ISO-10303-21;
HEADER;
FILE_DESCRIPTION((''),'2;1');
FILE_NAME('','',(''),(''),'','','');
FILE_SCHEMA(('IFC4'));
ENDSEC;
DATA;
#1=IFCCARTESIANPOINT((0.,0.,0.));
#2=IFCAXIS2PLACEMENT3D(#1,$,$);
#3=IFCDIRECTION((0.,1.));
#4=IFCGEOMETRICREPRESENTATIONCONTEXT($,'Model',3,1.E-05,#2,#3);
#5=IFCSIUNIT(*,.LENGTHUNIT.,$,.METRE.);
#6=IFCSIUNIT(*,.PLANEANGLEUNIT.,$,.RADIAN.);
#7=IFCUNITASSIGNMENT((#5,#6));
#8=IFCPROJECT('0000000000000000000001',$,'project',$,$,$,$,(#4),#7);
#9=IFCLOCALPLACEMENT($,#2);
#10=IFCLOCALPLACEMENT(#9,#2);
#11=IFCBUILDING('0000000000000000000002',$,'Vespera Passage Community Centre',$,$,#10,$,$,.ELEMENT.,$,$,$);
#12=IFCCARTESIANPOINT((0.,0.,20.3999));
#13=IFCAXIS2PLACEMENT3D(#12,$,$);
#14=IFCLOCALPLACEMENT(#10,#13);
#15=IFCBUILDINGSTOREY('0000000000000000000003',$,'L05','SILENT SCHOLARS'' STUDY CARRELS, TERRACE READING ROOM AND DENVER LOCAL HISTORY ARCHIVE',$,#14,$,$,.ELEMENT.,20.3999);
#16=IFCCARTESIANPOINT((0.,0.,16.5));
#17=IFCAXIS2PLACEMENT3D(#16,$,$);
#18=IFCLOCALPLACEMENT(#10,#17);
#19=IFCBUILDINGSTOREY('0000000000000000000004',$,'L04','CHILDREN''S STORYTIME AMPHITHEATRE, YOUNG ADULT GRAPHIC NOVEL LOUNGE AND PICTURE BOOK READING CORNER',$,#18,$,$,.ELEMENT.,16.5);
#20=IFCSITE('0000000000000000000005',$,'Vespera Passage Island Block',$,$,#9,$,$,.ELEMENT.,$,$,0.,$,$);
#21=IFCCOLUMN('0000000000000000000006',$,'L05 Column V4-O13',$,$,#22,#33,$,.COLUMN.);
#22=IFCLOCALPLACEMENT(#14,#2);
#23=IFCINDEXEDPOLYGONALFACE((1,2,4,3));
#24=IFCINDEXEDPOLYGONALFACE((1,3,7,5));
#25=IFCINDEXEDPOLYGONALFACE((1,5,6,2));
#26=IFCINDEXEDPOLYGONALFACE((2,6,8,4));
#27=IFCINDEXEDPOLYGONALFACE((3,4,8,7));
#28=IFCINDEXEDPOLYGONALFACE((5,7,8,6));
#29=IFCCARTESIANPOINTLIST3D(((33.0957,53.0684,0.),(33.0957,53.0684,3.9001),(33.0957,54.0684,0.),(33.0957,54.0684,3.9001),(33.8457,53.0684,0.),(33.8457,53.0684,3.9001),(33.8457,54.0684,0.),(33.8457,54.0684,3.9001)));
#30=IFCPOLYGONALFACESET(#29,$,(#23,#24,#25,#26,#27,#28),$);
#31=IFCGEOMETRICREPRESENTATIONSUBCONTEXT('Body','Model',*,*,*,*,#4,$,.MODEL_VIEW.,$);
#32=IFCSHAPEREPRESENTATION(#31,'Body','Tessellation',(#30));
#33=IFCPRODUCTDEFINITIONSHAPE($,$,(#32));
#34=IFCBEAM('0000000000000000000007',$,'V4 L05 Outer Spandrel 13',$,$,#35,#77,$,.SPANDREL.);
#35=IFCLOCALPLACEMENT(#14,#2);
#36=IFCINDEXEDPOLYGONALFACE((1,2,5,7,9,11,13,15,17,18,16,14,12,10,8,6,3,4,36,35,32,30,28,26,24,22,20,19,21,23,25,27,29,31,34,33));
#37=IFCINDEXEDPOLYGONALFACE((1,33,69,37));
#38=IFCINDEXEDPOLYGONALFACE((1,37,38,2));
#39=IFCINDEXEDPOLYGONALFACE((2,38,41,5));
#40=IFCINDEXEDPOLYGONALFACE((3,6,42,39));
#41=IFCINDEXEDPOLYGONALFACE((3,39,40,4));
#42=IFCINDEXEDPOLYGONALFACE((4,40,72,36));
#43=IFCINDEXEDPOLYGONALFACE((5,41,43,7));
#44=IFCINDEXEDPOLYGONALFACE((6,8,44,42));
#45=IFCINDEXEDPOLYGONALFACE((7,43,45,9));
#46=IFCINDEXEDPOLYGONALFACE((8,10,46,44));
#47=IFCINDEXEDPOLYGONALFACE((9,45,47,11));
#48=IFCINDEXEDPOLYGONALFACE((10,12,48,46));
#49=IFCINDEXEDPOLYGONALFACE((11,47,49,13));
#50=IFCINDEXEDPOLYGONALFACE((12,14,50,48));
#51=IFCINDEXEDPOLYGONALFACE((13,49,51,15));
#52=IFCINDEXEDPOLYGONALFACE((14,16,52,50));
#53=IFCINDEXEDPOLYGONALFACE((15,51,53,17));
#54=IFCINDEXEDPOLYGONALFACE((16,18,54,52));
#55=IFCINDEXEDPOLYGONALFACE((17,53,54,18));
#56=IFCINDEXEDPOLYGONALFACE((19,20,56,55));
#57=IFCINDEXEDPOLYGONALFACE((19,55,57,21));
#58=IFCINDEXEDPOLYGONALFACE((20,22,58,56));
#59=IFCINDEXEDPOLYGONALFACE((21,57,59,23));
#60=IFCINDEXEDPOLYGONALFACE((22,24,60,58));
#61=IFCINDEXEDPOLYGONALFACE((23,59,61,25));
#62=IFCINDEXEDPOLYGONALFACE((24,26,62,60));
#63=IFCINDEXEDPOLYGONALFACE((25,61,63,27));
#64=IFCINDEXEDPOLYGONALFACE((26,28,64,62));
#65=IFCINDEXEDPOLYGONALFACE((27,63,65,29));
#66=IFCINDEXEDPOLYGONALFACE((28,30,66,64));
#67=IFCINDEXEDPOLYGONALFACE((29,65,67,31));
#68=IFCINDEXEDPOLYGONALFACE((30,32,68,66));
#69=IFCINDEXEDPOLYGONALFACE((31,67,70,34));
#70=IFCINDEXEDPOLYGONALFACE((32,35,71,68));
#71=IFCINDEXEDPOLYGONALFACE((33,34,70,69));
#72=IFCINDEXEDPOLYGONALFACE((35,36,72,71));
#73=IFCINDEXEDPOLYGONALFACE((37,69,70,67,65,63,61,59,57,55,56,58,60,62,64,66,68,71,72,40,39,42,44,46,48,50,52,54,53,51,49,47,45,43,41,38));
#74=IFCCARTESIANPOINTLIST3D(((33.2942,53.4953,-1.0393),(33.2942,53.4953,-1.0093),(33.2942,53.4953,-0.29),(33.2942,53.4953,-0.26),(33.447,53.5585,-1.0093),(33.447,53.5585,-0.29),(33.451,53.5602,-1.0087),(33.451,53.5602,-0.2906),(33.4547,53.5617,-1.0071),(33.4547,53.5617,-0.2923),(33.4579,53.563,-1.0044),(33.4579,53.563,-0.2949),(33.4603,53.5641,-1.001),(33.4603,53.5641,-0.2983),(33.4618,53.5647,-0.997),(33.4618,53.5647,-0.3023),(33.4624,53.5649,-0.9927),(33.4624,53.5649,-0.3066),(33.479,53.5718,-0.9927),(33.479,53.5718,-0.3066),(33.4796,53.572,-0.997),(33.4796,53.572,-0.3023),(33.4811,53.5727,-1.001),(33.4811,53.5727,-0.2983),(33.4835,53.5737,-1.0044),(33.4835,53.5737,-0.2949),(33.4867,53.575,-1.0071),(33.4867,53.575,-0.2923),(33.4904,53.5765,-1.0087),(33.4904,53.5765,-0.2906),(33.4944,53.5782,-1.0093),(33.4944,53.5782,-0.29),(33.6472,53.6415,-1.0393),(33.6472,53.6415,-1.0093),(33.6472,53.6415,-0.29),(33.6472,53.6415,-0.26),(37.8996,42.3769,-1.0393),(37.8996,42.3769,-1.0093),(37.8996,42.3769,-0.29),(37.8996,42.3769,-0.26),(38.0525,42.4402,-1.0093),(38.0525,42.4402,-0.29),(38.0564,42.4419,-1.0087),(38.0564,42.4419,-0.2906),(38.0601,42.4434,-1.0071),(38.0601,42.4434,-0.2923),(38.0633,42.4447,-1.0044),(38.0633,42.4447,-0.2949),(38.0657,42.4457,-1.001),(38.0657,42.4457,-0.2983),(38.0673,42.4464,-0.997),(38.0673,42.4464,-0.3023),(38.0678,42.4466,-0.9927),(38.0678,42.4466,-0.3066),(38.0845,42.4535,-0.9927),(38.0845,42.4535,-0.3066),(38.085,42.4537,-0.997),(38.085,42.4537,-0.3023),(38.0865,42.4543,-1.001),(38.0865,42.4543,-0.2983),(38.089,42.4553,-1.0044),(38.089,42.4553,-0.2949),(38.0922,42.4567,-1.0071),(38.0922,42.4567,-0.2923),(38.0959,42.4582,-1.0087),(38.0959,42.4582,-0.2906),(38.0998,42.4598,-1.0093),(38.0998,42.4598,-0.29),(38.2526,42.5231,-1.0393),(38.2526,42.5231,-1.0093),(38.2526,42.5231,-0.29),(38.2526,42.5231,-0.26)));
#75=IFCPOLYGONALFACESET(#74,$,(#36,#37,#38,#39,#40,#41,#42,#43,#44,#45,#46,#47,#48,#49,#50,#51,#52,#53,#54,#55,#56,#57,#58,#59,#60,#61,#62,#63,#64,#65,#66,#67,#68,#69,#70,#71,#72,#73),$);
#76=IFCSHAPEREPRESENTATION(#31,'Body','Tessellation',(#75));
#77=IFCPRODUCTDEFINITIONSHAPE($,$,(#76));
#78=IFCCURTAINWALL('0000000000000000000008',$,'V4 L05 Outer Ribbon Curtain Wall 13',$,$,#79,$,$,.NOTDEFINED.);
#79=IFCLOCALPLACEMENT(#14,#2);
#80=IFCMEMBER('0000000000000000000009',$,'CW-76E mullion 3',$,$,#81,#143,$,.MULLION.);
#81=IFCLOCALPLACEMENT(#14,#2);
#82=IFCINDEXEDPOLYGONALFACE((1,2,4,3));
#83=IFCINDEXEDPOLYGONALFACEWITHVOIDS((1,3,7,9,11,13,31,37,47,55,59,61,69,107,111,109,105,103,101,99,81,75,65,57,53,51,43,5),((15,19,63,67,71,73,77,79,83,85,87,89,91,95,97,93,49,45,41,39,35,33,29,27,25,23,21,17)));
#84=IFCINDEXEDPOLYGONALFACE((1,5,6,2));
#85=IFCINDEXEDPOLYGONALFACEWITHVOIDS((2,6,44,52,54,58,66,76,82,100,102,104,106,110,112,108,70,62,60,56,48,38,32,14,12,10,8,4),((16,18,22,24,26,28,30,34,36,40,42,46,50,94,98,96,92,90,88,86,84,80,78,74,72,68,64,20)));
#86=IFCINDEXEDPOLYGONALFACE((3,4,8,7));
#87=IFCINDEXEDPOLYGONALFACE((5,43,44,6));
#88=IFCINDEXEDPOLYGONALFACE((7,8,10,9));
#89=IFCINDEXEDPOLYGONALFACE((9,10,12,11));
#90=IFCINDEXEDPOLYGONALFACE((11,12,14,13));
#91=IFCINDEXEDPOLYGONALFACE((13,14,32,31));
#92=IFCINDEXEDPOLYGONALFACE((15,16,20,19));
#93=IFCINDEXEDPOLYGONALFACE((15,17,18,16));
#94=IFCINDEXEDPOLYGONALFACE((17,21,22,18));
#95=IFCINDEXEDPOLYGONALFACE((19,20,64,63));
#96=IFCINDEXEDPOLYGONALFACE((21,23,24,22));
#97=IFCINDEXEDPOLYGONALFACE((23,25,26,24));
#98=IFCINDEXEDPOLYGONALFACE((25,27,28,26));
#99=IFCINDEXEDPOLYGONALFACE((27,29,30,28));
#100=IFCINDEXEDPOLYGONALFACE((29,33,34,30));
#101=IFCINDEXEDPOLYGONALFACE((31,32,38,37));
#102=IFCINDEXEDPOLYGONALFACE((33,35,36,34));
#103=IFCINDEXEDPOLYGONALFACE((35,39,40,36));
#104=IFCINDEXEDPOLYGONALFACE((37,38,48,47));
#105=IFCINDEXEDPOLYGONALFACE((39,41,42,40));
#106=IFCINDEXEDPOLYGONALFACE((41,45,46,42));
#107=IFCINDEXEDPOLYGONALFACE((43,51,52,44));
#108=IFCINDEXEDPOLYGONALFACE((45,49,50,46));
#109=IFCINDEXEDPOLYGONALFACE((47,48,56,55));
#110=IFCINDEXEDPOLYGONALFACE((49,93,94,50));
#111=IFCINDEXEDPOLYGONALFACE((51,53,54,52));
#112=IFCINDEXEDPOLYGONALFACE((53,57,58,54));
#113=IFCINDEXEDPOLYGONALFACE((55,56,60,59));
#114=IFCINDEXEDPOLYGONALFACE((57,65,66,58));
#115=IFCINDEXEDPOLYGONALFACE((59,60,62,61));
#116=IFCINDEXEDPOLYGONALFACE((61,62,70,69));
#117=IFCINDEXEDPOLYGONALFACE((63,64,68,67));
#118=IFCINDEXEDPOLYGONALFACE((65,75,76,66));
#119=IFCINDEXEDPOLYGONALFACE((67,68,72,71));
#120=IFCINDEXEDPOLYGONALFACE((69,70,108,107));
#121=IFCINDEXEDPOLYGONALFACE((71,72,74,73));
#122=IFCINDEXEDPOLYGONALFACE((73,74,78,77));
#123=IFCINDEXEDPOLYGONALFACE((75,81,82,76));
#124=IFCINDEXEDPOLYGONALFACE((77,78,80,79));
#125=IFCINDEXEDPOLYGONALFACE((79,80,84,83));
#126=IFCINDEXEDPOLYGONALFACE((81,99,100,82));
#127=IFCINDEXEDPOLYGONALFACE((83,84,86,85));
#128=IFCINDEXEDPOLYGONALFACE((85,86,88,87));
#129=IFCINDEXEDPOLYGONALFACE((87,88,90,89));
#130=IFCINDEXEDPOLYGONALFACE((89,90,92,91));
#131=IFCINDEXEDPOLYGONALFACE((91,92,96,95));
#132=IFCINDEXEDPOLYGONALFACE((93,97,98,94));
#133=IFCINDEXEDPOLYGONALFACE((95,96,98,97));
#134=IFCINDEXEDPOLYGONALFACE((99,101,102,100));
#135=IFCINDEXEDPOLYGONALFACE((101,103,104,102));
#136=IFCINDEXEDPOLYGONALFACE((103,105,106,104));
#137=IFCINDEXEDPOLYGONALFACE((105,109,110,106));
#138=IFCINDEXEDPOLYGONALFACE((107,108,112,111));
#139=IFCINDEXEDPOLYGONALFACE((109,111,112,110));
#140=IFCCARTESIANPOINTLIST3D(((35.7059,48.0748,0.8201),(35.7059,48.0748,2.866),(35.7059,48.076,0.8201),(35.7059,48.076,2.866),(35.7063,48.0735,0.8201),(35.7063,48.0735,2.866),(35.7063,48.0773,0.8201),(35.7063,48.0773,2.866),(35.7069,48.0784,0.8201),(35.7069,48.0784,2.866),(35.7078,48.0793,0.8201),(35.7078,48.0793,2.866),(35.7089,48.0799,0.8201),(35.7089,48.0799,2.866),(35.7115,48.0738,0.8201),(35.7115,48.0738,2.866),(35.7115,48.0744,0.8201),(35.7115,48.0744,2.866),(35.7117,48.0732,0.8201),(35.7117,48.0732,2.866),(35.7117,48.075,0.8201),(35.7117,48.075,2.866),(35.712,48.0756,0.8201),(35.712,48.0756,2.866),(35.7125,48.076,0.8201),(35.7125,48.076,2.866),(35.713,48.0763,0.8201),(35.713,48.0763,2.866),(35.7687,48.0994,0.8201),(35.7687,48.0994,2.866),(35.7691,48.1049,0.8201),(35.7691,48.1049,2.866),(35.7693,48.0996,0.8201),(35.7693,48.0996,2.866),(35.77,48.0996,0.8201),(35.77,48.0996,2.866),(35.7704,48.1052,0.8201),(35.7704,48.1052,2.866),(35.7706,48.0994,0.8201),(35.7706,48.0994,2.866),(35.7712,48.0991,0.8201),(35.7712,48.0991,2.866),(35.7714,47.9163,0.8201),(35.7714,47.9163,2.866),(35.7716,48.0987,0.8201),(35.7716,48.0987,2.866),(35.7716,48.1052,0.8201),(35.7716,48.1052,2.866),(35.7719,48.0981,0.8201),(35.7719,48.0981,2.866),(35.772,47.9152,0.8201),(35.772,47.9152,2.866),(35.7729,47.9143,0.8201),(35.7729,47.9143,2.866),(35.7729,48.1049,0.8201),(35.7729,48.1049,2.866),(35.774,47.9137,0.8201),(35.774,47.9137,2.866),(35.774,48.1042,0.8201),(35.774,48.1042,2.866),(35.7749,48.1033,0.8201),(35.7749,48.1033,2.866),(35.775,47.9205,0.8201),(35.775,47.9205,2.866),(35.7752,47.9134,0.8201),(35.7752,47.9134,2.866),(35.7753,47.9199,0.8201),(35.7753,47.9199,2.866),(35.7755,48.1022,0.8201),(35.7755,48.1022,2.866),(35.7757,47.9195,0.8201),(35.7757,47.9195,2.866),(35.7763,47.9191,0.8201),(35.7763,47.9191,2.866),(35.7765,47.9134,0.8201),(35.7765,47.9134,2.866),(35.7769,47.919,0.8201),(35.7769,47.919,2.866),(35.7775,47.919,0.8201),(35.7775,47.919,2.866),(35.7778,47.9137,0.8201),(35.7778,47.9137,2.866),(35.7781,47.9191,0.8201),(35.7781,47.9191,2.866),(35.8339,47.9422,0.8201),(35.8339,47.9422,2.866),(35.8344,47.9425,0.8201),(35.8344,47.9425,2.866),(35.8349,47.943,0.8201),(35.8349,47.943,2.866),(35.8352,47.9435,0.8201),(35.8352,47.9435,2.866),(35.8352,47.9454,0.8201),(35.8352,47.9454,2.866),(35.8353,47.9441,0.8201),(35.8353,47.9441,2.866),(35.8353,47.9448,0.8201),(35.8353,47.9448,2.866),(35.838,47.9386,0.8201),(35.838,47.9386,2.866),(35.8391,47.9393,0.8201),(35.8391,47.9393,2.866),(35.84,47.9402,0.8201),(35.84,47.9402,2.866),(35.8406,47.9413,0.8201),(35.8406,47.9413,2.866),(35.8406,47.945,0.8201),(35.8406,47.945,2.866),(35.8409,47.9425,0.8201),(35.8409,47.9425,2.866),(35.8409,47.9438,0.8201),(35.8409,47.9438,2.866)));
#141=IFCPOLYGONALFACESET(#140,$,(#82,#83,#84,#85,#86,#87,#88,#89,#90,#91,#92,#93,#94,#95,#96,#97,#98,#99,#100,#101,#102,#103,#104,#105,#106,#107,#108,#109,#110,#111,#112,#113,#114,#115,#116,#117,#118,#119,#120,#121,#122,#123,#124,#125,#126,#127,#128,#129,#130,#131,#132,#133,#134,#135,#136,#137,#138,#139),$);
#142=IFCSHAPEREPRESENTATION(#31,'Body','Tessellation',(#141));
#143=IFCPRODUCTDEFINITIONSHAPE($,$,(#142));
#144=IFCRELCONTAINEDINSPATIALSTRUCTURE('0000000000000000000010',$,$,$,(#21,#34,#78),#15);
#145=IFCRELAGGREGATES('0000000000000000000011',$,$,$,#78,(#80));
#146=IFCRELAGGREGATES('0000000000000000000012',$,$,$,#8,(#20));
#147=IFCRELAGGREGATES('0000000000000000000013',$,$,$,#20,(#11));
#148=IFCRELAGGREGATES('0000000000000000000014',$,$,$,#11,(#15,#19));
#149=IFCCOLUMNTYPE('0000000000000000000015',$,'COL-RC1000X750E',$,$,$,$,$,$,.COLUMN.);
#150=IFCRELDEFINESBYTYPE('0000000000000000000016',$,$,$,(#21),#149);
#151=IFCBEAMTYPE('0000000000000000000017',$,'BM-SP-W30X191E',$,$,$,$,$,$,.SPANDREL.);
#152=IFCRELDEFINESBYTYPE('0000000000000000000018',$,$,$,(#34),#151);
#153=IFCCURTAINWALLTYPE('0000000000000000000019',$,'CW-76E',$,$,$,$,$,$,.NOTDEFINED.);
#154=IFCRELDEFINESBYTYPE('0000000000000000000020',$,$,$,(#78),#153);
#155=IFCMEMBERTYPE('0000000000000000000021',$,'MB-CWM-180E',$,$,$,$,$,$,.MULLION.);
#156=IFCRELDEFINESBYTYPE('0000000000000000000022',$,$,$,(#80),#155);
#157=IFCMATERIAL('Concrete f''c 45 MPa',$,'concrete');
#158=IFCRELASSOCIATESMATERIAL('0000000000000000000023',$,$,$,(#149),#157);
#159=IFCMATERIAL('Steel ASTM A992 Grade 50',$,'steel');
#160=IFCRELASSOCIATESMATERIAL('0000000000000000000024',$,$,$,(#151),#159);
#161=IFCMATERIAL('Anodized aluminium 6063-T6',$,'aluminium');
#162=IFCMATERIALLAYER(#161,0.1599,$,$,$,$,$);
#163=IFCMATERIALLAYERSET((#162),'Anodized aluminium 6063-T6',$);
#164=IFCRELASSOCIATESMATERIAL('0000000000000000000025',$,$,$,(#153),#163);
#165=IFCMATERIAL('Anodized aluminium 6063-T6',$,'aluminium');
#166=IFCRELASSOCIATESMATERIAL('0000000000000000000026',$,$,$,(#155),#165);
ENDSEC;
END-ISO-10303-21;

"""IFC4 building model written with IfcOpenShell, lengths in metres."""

from ifc_helpers import new_model, si_unit, direction, frame, origin, origin_2d, place, context, subcontext, project, spatial, rectangle, hollow_rectangle, i_section, extrude, material, layer, layer_set, material_profile, profile_set, type_object, element, aggregate, save


model = new_model("IFC4")

# Units and contexts
model_context = context("Model", 3, precision=1e-05, world=origin(), true_north=direction((0.0, 1.0)))
body_context = subcontext(model_context, "Body", "Model", "MODEL_VIEW")
ifc_project = project(units=[si_unit("LENGTHUNIT", "METRE"), si_unit("PLANEANGLEUNIT", "RADIAN")], contexts=[model_context])

# Site, building, storey
site_placement = place(None, origin())
site = spatial("IfcSite", under=ifc_project, at=site_placement, Name="Vespera Passage Island Block", CompositionType="ELEMENT", RefElevation=0.0)
building_placement = place(site_placement, origin())
building = spatial("IfcBuilding", under=site, at=building_placement, Name="Vespera Passage Community Centre", CompositionType="ELEMENT")
storey_1_placement = place(building_placement, frame((0.0, 0.0, 20.3999)))
storey_1 = spatial("IfcBuildingStorey", under=building, at=storey_1_placement, Name="L05", Description="SILENT SCHOLARS' STUDY CARRELS, TERRACE READING ROOM AND DENVER LOCAL HISTORY ARCHIVE", CompositionType="ELEMENT", Elevation=20.3999)

# Column
ifc_material_1 = material(Name="Concrete f'c 45 MPa", Category="concrete")
ifc_material_profile_1 = material_profile(ifc_material_1, rectangle(XDim=0.75, YDim=1.0, at=origin_2d()), Name="RC1000X750")
ifc_profile_set_1 = profile_set([ifc_material_profile_1], Name="Concrete f'c 45 MPa")
column_type = type_object("IfcColumnType", Name="COL-RC1000X750E", PredefinedType="COLUMN", material=ifc_profile_set_1)
column_placement = place(storey_1_placement, frame((33.4707, 53.5684, 0.0), z_axis=(0.0, 0.0, 1.0), x_axis=(1.0, 0.0, 0.0)))
element("IfcColumn", 1, at=column_placement, inside=storey_1, type_object=column_type, Name="L05 Column V4-O13", PredefinedType="COLUMN", context=body_context, shape_type="SweptSolid", body=[
    extrude(rectangle(XDim=0.75, YDim=1.0, at=origin_2d()), origin(), (0.0, 0.0, 1.0), 3.9001),
])

# Beam
ifc_material_2 = material(Name="Steel ASTM A992 Grade 50", Category="steel")
ifc_material_profile_2 = material_profile(ifc_material_2, i_section(OverallWidth=0.3821, OverallDepth=0.7793, WebThickness=0.0181, FlangeThickness=0.03, FilletRadius=0.0166, at=origin_2d()), Name="W30X191")
ifc_profile_set_2 = profile_set([ifc_material_profile_2], Name="Steel ASTM A992 Grade 50")
beam_type = type_object("IfcBeamType", Name="BM-SP-W30X191E", PredefinedType="SPANDREL", material=ifc_profile_set_2)
beam_placement = place(storey_1_placement, frame((33.4707, 53.5684, -0.6497), z_axis=(0.382689, -0.923877, 0.0), x_axis=(0.923877, 0.382689, 0.0)))
element("IfcBeam", 2, at=beam_placement, inside=storey_1, type_object=beam_type, Name="V4 L05 Outer Spandrel 13", PredefinedType="SPANDREL", context=body_context, shape_type="SweptSolid", body=[
    extrude(i_section(OverallWidth=0.3821, OverallDepth=0.7793, WebThickness=0.0181, FlangeThickness=0.03, FilletRadius=0.0166, at=origin_2d()), origin(), (0.0, 0.0, 1.0), 12.0344),
])

# Curtain wall, member
ifc_material_3 = material(Name="Anodized aluminium 6063-T6", Category="aluminium")
ifc_layer_1 = layer(ifc_material_3, 0.1599)
ifc_layer_set_1 = layer_set([ifc_layer_1], Name="Anodized aluminium 6063-T6")
curtain_wall_type = type_object("IfcCurtainWallType", Name="CW-76E", PredefinedType="NOTDEFINED", material=ifc_layer_set_1)
curtain_wall_placement = place(storey_1_placement, origin())
curtain_wall = element("IfcCurtainWall", 3, at=curtain_wall_placement, inside=storey_1, type_object=curtain_wall_type, Name="V4 L05 Outer Ribbon Curtain Wall 13", PredefinedType="NOTDEFINED")
ifc_material_4 = material(Name="Anodized aluminium 6063-T6", Category="aluminium")
ifc_material_profile_3 = material_profile(ifc_material_4, hollow_rectangle(XDim=0.075, YDim=0.1799, WallThickness=0.0049, InnerFilletRadius=0.0024, OuterFilletRadius=0.0049, at=origin_2d()), Name="ALU180X75X5")
ifc_profile_set_3 = profile_set([ifc_material_profile_3], Name="Anodized aluminium 6063-T6")
member_type_1 = type_object("IfcMemberType", Name="MB-CWM-180E", PredefinedType="MULLION", material=ifc_profile_set_3)
member_1_placement = place(storey_1_placement, frame((35.7734, 48.0093, 0.8201), z_axis=(0.0, 0.0, 1.0), x_axis=(-0.923881, -0.382679, 0.0)))
member_1 = element("IfcMember", 4, at=member_1_placement, type_object=member_type_1, Name="CW-76E mullion 3", PredefinedType="MULLION", context=body_context, shape_type="SweptSolid", body=[
    extrude(hollow_rectangle(XDim=0.075, YDim=0.1799, WallThickness=0.0049, InnerFilletRadius=0.0024, OuterFilletRadius=0.0049, at=origin_2d()), origin(), (0.0, 0.0, 1.0), 2.0459),
])
aggregate(curtain_wall, [member_1])

# Shared definitions
storey_2_placement = place(building_placement, frame((0.0, 0.0, 16.5)))
storey_2 = spatial("IfcBuildingStorey", under=building, at=storey_2_placement, Name="L04", Description="CHILDREN'S STORYTIME AMPHITHEATRE, YOUNG ADULT GRAPHIC NOVEL LOUNGE AND PICTURE BOOK READING CORNER", CompositionType="ELEMENT", Elevation=16.5)

save(model, "model.ifc")
